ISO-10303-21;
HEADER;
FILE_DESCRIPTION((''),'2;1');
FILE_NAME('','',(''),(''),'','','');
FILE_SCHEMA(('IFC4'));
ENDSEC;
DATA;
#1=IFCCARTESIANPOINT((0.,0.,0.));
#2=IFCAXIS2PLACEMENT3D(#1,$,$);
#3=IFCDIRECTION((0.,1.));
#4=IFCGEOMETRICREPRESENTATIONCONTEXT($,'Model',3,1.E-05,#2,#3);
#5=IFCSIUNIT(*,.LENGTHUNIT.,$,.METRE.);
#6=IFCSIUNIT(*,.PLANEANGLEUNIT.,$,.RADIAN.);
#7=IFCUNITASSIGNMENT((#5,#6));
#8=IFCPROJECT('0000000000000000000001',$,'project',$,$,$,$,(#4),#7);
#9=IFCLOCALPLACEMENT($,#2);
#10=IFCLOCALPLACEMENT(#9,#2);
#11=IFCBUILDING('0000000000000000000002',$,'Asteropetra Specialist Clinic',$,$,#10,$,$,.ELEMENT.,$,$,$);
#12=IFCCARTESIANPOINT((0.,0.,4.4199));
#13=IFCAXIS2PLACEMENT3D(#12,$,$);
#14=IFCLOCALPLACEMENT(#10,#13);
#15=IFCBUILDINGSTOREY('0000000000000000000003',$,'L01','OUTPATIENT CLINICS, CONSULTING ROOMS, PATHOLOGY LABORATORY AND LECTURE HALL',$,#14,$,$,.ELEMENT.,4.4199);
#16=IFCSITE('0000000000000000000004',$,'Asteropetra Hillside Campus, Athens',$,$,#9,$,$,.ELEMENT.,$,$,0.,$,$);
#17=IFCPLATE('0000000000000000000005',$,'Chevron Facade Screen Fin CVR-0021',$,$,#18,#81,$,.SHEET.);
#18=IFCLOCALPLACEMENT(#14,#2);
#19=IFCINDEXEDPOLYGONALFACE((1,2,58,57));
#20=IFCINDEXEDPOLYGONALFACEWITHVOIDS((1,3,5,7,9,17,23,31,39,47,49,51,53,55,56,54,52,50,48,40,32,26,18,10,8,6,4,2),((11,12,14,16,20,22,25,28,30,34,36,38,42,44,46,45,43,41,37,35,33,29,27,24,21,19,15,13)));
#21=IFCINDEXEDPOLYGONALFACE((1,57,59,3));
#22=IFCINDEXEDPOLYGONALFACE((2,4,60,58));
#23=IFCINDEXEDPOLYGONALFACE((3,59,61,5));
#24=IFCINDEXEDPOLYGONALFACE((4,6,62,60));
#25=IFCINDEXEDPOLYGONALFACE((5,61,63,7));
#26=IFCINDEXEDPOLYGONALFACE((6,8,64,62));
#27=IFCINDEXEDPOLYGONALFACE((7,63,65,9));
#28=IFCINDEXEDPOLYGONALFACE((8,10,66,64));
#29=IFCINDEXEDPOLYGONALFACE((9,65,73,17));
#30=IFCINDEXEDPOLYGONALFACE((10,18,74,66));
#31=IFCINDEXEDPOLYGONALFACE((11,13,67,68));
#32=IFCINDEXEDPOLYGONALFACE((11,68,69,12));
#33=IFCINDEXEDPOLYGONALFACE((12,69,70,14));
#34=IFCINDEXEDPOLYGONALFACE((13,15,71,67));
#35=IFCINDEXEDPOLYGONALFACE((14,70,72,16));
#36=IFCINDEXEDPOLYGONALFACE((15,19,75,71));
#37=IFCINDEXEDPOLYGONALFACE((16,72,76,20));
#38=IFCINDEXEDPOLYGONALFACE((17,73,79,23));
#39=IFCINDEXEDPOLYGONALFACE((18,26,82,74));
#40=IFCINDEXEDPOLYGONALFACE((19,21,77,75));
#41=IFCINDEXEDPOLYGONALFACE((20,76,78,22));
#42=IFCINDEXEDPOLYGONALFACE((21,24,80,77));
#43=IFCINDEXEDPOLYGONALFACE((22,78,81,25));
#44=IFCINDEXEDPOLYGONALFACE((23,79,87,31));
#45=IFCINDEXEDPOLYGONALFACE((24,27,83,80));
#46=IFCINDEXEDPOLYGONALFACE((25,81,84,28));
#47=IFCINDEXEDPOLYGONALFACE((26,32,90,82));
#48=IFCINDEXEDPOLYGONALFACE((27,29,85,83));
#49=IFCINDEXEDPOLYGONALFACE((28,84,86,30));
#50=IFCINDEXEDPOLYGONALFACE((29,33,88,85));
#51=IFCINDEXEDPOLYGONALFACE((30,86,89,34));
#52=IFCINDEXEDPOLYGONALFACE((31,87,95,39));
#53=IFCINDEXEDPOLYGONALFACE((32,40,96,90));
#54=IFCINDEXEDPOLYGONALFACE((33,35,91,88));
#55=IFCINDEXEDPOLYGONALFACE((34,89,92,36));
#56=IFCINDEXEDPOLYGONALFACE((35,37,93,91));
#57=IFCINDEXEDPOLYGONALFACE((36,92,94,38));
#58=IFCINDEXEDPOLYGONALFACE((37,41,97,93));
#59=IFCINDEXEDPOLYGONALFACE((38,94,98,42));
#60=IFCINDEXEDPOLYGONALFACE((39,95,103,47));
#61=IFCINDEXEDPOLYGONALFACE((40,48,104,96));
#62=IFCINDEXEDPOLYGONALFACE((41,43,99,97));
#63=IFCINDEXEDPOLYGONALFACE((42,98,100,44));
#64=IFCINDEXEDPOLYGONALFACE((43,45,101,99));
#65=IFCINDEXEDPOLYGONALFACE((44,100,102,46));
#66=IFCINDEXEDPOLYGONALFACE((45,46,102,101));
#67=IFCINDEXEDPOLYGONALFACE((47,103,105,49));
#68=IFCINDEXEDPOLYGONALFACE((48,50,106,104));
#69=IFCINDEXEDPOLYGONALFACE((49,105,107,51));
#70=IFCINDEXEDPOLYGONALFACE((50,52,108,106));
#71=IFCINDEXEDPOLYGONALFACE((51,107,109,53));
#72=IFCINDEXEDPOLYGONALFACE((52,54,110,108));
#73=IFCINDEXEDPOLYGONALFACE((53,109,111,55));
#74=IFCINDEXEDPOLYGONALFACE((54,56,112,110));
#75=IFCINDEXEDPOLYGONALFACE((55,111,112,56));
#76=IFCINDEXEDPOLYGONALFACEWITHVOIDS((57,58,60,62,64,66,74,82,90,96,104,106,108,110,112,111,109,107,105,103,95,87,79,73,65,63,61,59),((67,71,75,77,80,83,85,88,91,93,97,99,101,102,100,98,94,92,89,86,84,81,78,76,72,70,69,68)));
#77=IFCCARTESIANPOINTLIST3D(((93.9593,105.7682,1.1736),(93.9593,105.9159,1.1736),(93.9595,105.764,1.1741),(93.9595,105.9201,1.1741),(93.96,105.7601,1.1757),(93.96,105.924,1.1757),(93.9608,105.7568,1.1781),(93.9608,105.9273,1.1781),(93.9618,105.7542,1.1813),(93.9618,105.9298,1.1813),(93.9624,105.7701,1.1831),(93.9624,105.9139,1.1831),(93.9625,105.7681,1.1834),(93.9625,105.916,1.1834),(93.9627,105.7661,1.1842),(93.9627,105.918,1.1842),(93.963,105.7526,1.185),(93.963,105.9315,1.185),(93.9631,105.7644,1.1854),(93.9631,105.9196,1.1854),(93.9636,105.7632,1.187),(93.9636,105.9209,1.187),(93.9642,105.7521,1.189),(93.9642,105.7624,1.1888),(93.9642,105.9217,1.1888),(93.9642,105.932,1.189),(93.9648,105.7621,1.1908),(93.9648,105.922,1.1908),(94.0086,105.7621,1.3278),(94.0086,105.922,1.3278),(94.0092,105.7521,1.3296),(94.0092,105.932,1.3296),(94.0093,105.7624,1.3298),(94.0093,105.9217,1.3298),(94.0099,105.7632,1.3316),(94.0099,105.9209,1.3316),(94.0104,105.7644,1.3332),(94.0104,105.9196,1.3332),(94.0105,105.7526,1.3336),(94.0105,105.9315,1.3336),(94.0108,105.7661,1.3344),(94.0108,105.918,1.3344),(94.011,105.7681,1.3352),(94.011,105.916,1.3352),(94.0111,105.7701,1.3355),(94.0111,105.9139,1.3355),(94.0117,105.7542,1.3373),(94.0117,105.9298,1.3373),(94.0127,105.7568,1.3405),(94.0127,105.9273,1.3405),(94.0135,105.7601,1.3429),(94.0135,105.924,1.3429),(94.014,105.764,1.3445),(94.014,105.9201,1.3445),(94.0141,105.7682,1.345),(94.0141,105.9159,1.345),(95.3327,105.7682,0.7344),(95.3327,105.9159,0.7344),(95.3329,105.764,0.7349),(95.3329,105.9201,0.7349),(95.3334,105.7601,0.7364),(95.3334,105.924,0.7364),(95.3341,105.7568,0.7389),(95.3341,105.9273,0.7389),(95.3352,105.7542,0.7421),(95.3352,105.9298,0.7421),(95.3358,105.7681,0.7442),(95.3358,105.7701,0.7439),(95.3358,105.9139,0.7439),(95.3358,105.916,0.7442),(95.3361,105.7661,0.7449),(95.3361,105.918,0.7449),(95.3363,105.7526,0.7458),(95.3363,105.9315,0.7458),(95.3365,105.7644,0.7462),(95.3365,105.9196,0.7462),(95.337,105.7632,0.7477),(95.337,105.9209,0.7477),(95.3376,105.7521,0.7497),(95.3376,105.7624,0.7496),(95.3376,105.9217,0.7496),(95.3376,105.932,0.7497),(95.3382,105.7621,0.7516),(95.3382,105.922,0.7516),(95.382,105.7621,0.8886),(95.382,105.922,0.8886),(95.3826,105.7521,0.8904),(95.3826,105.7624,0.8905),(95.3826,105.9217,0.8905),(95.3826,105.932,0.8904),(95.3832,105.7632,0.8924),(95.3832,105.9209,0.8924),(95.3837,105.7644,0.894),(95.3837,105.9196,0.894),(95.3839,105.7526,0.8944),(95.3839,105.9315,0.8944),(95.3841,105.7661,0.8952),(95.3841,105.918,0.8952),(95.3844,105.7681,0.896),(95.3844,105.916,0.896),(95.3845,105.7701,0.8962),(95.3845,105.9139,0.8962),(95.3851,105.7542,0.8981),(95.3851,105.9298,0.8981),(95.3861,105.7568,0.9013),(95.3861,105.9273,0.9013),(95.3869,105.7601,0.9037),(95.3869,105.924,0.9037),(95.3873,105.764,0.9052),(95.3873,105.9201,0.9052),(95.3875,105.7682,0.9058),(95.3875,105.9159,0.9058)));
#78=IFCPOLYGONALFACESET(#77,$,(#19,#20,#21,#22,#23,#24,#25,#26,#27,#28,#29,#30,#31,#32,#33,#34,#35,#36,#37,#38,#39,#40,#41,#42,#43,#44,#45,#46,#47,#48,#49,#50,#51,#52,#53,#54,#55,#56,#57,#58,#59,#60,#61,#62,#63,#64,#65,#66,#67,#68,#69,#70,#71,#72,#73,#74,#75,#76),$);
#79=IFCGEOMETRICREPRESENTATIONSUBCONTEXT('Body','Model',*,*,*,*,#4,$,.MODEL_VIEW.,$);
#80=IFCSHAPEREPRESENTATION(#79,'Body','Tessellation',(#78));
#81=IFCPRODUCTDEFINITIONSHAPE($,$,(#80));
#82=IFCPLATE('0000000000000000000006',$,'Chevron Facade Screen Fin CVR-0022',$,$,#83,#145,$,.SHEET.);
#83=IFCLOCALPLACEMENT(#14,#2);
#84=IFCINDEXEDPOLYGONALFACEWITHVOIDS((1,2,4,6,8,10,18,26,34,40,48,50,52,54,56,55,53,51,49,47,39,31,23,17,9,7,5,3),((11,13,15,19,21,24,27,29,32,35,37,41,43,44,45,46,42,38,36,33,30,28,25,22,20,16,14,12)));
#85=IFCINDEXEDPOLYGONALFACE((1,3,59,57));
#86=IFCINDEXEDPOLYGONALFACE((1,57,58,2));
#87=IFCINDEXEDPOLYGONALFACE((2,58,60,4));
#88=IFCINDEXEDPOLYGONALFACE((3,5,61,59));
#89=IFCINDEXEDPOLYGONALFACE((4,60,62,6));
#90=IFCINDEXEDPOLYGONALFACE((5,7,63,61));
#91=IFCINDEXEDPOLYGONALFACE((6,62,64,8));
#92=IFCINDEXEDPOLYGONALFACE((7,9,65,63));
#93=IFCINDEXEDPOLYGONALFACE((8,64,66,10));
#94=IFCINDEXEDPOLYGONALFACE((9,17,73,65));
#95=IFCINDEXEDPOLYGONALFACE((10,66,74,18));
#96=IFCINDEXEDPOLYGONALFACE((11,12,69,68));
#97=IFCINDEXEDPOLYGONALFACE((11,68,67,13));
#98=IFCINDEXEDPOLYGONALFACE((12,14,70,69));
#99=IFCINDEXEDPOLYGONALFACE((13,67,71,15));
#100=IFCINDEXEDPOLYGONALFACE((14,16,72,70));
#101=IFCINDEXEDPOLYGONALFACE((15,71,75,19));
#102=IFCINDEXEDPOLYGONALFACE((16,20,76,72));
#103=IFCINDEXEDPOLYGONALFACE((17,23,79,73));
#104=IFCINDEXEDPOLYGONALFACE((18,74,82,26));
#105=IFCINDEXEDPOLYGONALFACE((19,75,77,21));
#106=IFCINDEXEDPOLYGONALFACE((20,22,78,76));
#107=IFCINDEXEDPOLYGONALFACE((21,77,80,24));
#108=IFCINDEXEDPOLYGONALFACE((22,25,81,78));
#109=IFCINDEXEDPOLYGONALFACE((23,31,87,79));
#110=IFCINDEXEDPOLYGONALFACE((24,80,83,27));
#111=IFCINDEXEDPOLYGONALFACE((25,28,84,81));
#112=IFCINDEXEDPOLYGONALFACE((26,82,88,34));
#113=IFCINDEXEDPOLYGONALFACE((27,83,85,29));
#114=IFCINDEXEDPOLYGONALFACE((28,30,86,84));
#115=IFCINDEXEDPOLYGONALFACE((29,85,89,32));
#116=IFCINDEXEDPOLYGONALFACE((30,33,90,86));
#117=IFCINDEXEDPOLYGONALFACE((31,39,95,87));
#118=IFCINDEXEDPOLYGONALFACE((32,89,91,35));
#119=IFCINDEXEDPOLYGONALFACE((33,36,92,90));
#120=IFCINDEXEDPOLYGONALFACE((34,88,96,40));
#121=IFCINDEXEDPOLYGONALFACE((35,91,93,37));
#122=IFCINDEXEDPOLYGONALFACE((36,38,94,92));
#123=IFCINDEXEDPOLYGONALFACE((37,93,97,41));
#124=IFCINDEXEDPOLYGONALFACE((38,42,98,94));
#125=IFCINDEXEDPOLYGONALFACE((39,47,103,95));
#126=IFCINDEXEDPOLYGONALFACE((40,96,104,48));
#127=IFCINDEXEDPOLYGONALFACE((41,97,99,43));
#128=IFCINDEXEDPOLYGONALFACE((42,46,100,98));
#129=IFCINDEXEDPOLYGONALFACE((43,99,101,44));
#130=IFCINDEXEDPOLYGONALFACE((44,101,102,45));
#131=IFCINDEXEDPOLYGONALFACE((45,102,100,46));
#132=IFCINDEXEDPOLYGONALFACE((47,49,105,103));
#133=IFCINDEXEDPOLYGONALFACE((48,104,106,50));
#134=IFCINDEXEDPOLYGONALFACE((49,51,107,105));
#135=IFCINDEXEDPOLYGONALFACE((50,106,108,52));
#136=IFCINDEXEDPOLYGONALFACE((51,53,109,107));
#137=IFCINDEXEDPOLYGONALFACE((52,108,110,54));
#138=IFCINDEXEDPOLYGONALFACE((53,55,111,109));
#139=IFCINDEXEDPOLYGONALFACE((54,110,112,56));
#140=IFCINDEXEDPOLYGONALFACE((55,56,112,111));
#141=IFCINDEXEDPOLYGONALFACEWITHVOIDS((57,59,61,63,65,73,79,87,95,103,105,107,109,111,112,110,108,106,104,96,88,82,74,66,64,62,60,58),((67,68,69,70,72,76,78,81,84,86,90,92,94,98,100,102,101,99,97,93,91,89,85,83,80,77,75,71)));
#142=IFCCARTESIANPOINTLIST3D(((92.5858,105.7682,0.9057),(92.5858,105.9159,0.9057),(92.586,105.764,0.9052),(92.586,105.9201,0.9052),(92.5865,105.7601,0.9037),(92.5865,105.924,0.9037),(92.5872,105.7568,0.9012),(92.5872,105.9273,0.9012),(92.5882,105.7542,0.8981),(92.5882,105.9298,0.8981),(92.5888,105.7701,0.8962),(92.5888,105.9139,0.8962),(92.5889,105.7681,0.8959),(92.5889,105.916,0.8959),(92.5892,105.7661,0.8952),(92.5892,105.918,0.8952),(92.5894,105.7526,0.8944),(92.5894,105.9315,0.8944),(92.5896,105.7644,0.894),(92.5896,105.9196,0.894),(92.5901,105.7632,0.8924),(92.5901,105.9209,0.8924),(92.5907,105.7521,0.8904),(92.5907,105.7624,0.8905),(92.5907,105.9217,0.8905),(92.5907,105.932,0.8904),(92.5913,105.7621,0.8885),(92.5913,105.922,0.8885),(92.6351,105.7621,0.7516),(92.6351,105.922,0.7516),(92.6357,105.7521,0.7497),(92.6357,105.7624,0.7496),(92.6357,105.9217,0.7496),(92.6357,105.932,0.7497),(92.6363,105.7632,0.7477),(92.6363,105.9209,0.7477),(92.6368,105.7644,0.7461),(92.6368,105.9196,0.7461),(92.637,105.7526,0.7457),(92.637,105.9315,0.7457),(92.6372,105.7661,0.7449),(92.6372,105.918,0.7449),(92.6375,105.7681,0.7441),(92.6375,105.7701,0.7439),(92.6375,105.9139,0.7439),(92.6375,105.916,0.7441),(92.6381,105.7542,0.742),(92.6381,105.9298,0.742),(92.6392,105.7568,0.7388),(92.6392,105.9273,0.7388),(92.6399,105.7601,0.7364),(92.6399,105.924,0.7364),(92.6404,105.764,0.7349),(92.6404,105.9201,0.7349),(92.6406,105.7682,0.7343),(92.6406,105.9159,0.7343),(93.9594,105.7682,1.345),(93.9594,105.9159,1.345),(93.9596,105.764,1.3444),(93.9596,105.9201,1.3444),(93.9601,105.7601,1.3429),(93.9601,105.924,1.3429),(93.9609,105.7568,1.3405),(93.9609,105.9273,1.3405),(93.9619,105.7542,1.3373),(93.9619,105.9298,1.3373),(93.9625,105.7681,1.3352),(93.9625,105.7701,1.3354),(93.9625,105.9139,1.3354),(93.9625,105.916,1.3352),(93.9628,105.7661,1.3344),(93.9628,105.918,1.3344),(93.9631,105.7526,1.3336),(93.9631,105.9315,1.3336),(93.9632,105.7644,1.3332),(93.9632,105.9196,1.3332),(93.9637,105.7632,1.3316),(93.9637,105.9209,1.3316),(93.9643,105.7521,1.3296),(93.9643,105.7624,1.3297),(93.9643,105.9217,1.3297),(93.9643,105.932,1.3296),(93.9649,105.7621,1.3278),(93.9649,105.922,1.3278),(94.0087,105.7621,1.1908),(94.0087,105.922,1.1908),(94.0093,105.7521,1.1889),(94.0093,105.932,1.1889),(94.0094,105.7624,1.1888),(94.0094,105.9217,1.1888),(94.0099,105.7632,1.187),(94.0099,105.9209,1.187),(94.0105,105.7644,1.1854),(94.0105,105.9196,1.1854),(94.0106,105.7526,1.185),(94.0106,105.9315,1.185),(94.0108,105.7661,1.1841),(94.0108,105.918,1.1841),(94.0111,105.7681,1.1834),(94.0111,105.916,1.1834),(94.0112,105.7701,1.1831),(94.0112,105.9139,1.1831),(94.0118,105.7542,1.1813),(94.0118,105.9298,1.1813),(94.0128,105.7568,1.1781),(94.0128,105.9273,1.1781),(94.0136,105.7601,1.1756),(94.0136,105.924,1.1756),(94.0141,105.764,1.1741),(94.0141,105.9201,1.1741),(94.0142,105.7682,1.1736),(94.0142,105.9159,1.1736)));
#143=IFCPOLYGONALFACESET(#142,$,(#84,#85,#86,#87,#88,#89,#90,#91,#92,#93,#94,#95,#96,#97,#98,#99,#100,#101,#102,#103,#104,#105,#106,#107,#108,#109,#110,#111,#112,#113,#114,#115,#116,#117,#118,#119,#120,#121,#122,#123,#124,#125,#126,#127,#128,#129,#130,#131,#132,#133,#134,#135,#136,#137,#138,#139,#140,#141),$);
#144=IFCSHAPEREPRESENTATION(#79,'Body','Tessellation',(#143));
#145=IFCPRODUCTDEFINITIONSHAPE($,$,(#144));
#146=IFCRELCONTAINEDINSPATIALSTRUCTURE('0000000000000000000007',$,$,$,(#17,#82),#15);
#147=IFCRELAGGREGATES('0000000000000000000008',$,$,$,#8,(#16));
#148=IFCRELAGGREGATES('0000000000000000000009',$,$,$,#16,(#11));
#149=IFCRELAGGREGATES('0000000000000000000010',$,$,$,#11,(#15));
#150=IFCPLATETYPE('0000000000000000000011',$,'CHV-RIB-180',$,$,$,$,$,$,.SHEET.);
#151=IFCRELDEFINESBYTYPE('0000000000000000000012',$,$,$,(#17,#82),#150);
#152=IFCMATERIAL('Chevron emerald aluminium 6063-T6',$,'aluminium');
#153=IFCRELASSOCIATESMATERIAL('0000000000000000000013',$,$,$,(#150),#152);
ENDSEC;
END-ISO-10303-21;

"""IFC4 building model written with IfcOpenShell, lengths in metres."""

from ifc_helpers import new_model, si_unit, direction, frame, origin, origin_2d, place, context, subcontext, project, spatial, hollow_rectangle, extrude, material, material_profile, profile_set, type_object, element, save


model = new_model("IFC4")

# Units and contexts
model_context = context("Model", 3, precision=1e-05, world=origin(), true_north=direction((0.0, 1.0)))
body_context = subcontext(model_context, "Body", "Model", "MODEL_VIEW")
ifc_project = project(units=[si_unit("LENGTHUNIT", "METRE"), si_unit("PLANEANGLEUNIT", "RADIAN")], contexts=[model_context])

# Site, building, storey
site_placement = place(None, origin())
site = spatial("IfcSite", under=ifc_project, at=site_placement, Name="Asteropetra Hillside Campus, Athens", CompositionType="ELEMENT", RefElevation=0.0)
building_placement = place(site_placement, origin())
building = spatial("IfcBuilding", under=site, at=building_placement, Name="Asteropetra Specialist Clinic", CompositionType="ELEMENT")
storey_placement = place(building_placement, frame((0.0, 0.0, 4.4199)))
storey = spatial("IfcBuildingStorey", under=building, at=storey_placement, Name="L01", Description="OUTPATIENT CLINICS, CONSULTING ROOMS, PATHOLOGY LABORATORY AND LECTURE HALL", CompositionType="ELEMENT", Elevation=4.4199)

# Plates
ifc_material_1 = material(Name="Chevron emerald aluminium 6063-T6", Category="aluminium")
ifc_material_profile = material_profile(ifc_material_1, hollow_rectangle(XDim=0.1799, YDim=0.1799, WallThickness=0.01, InnerFilletRadius=0.0081, OuterFilletRadius=0.0161, at=origin_2d()), Name="SHS 180x180x10.0")
ifc_profile_set = profile_set([ifc_material_profile], Name="Chevron emerald aluminium 6063-T6")
plate_type = type_object("IfcPlateType", Name="CHV-RIB-180", PredefinedType="SHEET", material=ifc_profile_set)
plate_1_placement = place(storey_placement, frame((95.3601, 105.842, 0.8201), z_axis=(-0.952473, 0.0, 0.304622), x_axis=(0.0, -1.0, 0.0)))
element("IfcPlate", 1, at=plate_1_placement, inside=storey, type_object=plate_type, Name="Chevron Facade Screen Fin CVR-0021", PredefinedType="SHEET", context=body_context, shape_type="SweptSolid", body=[
    extrude(hollow_rectangle(XDim=0.1799, YDim=0.1799, WallThickness=0.01, InnerFilletRadius=0.0081, OuterFilletRadius=0.0161, at=origin_2d()), origin(), (0.0, 0.0, 1.0), 1.4419),
])
plate_2_placement = place(storey_placement, frame((93.9868, 105.842, 1.2593), z_axis=(-0.952489, 0.0, -0.304573), x_axis=(0.0, -1.0, 0.0)))
element("IfcPlate", 2, at=plate_2_placement, inside=storey, type_object=plate_type, Name="Chevron Facade Screen Fin CVR-0022", PredefinedType="SHEET", context=body_context, shape_type="SweptSolid", body=[
    extrude(hollow_rectangle(XDim=0.1799, YDim=0.1799, WallThickness=0.01, InnerFilletRadius=0.0081, OuterFilletRadius=0.0161, at=origin_2d()), origin(), (0.0, 0.0, 1.0), 1.4421),
])

save(model, "model.ifc")
